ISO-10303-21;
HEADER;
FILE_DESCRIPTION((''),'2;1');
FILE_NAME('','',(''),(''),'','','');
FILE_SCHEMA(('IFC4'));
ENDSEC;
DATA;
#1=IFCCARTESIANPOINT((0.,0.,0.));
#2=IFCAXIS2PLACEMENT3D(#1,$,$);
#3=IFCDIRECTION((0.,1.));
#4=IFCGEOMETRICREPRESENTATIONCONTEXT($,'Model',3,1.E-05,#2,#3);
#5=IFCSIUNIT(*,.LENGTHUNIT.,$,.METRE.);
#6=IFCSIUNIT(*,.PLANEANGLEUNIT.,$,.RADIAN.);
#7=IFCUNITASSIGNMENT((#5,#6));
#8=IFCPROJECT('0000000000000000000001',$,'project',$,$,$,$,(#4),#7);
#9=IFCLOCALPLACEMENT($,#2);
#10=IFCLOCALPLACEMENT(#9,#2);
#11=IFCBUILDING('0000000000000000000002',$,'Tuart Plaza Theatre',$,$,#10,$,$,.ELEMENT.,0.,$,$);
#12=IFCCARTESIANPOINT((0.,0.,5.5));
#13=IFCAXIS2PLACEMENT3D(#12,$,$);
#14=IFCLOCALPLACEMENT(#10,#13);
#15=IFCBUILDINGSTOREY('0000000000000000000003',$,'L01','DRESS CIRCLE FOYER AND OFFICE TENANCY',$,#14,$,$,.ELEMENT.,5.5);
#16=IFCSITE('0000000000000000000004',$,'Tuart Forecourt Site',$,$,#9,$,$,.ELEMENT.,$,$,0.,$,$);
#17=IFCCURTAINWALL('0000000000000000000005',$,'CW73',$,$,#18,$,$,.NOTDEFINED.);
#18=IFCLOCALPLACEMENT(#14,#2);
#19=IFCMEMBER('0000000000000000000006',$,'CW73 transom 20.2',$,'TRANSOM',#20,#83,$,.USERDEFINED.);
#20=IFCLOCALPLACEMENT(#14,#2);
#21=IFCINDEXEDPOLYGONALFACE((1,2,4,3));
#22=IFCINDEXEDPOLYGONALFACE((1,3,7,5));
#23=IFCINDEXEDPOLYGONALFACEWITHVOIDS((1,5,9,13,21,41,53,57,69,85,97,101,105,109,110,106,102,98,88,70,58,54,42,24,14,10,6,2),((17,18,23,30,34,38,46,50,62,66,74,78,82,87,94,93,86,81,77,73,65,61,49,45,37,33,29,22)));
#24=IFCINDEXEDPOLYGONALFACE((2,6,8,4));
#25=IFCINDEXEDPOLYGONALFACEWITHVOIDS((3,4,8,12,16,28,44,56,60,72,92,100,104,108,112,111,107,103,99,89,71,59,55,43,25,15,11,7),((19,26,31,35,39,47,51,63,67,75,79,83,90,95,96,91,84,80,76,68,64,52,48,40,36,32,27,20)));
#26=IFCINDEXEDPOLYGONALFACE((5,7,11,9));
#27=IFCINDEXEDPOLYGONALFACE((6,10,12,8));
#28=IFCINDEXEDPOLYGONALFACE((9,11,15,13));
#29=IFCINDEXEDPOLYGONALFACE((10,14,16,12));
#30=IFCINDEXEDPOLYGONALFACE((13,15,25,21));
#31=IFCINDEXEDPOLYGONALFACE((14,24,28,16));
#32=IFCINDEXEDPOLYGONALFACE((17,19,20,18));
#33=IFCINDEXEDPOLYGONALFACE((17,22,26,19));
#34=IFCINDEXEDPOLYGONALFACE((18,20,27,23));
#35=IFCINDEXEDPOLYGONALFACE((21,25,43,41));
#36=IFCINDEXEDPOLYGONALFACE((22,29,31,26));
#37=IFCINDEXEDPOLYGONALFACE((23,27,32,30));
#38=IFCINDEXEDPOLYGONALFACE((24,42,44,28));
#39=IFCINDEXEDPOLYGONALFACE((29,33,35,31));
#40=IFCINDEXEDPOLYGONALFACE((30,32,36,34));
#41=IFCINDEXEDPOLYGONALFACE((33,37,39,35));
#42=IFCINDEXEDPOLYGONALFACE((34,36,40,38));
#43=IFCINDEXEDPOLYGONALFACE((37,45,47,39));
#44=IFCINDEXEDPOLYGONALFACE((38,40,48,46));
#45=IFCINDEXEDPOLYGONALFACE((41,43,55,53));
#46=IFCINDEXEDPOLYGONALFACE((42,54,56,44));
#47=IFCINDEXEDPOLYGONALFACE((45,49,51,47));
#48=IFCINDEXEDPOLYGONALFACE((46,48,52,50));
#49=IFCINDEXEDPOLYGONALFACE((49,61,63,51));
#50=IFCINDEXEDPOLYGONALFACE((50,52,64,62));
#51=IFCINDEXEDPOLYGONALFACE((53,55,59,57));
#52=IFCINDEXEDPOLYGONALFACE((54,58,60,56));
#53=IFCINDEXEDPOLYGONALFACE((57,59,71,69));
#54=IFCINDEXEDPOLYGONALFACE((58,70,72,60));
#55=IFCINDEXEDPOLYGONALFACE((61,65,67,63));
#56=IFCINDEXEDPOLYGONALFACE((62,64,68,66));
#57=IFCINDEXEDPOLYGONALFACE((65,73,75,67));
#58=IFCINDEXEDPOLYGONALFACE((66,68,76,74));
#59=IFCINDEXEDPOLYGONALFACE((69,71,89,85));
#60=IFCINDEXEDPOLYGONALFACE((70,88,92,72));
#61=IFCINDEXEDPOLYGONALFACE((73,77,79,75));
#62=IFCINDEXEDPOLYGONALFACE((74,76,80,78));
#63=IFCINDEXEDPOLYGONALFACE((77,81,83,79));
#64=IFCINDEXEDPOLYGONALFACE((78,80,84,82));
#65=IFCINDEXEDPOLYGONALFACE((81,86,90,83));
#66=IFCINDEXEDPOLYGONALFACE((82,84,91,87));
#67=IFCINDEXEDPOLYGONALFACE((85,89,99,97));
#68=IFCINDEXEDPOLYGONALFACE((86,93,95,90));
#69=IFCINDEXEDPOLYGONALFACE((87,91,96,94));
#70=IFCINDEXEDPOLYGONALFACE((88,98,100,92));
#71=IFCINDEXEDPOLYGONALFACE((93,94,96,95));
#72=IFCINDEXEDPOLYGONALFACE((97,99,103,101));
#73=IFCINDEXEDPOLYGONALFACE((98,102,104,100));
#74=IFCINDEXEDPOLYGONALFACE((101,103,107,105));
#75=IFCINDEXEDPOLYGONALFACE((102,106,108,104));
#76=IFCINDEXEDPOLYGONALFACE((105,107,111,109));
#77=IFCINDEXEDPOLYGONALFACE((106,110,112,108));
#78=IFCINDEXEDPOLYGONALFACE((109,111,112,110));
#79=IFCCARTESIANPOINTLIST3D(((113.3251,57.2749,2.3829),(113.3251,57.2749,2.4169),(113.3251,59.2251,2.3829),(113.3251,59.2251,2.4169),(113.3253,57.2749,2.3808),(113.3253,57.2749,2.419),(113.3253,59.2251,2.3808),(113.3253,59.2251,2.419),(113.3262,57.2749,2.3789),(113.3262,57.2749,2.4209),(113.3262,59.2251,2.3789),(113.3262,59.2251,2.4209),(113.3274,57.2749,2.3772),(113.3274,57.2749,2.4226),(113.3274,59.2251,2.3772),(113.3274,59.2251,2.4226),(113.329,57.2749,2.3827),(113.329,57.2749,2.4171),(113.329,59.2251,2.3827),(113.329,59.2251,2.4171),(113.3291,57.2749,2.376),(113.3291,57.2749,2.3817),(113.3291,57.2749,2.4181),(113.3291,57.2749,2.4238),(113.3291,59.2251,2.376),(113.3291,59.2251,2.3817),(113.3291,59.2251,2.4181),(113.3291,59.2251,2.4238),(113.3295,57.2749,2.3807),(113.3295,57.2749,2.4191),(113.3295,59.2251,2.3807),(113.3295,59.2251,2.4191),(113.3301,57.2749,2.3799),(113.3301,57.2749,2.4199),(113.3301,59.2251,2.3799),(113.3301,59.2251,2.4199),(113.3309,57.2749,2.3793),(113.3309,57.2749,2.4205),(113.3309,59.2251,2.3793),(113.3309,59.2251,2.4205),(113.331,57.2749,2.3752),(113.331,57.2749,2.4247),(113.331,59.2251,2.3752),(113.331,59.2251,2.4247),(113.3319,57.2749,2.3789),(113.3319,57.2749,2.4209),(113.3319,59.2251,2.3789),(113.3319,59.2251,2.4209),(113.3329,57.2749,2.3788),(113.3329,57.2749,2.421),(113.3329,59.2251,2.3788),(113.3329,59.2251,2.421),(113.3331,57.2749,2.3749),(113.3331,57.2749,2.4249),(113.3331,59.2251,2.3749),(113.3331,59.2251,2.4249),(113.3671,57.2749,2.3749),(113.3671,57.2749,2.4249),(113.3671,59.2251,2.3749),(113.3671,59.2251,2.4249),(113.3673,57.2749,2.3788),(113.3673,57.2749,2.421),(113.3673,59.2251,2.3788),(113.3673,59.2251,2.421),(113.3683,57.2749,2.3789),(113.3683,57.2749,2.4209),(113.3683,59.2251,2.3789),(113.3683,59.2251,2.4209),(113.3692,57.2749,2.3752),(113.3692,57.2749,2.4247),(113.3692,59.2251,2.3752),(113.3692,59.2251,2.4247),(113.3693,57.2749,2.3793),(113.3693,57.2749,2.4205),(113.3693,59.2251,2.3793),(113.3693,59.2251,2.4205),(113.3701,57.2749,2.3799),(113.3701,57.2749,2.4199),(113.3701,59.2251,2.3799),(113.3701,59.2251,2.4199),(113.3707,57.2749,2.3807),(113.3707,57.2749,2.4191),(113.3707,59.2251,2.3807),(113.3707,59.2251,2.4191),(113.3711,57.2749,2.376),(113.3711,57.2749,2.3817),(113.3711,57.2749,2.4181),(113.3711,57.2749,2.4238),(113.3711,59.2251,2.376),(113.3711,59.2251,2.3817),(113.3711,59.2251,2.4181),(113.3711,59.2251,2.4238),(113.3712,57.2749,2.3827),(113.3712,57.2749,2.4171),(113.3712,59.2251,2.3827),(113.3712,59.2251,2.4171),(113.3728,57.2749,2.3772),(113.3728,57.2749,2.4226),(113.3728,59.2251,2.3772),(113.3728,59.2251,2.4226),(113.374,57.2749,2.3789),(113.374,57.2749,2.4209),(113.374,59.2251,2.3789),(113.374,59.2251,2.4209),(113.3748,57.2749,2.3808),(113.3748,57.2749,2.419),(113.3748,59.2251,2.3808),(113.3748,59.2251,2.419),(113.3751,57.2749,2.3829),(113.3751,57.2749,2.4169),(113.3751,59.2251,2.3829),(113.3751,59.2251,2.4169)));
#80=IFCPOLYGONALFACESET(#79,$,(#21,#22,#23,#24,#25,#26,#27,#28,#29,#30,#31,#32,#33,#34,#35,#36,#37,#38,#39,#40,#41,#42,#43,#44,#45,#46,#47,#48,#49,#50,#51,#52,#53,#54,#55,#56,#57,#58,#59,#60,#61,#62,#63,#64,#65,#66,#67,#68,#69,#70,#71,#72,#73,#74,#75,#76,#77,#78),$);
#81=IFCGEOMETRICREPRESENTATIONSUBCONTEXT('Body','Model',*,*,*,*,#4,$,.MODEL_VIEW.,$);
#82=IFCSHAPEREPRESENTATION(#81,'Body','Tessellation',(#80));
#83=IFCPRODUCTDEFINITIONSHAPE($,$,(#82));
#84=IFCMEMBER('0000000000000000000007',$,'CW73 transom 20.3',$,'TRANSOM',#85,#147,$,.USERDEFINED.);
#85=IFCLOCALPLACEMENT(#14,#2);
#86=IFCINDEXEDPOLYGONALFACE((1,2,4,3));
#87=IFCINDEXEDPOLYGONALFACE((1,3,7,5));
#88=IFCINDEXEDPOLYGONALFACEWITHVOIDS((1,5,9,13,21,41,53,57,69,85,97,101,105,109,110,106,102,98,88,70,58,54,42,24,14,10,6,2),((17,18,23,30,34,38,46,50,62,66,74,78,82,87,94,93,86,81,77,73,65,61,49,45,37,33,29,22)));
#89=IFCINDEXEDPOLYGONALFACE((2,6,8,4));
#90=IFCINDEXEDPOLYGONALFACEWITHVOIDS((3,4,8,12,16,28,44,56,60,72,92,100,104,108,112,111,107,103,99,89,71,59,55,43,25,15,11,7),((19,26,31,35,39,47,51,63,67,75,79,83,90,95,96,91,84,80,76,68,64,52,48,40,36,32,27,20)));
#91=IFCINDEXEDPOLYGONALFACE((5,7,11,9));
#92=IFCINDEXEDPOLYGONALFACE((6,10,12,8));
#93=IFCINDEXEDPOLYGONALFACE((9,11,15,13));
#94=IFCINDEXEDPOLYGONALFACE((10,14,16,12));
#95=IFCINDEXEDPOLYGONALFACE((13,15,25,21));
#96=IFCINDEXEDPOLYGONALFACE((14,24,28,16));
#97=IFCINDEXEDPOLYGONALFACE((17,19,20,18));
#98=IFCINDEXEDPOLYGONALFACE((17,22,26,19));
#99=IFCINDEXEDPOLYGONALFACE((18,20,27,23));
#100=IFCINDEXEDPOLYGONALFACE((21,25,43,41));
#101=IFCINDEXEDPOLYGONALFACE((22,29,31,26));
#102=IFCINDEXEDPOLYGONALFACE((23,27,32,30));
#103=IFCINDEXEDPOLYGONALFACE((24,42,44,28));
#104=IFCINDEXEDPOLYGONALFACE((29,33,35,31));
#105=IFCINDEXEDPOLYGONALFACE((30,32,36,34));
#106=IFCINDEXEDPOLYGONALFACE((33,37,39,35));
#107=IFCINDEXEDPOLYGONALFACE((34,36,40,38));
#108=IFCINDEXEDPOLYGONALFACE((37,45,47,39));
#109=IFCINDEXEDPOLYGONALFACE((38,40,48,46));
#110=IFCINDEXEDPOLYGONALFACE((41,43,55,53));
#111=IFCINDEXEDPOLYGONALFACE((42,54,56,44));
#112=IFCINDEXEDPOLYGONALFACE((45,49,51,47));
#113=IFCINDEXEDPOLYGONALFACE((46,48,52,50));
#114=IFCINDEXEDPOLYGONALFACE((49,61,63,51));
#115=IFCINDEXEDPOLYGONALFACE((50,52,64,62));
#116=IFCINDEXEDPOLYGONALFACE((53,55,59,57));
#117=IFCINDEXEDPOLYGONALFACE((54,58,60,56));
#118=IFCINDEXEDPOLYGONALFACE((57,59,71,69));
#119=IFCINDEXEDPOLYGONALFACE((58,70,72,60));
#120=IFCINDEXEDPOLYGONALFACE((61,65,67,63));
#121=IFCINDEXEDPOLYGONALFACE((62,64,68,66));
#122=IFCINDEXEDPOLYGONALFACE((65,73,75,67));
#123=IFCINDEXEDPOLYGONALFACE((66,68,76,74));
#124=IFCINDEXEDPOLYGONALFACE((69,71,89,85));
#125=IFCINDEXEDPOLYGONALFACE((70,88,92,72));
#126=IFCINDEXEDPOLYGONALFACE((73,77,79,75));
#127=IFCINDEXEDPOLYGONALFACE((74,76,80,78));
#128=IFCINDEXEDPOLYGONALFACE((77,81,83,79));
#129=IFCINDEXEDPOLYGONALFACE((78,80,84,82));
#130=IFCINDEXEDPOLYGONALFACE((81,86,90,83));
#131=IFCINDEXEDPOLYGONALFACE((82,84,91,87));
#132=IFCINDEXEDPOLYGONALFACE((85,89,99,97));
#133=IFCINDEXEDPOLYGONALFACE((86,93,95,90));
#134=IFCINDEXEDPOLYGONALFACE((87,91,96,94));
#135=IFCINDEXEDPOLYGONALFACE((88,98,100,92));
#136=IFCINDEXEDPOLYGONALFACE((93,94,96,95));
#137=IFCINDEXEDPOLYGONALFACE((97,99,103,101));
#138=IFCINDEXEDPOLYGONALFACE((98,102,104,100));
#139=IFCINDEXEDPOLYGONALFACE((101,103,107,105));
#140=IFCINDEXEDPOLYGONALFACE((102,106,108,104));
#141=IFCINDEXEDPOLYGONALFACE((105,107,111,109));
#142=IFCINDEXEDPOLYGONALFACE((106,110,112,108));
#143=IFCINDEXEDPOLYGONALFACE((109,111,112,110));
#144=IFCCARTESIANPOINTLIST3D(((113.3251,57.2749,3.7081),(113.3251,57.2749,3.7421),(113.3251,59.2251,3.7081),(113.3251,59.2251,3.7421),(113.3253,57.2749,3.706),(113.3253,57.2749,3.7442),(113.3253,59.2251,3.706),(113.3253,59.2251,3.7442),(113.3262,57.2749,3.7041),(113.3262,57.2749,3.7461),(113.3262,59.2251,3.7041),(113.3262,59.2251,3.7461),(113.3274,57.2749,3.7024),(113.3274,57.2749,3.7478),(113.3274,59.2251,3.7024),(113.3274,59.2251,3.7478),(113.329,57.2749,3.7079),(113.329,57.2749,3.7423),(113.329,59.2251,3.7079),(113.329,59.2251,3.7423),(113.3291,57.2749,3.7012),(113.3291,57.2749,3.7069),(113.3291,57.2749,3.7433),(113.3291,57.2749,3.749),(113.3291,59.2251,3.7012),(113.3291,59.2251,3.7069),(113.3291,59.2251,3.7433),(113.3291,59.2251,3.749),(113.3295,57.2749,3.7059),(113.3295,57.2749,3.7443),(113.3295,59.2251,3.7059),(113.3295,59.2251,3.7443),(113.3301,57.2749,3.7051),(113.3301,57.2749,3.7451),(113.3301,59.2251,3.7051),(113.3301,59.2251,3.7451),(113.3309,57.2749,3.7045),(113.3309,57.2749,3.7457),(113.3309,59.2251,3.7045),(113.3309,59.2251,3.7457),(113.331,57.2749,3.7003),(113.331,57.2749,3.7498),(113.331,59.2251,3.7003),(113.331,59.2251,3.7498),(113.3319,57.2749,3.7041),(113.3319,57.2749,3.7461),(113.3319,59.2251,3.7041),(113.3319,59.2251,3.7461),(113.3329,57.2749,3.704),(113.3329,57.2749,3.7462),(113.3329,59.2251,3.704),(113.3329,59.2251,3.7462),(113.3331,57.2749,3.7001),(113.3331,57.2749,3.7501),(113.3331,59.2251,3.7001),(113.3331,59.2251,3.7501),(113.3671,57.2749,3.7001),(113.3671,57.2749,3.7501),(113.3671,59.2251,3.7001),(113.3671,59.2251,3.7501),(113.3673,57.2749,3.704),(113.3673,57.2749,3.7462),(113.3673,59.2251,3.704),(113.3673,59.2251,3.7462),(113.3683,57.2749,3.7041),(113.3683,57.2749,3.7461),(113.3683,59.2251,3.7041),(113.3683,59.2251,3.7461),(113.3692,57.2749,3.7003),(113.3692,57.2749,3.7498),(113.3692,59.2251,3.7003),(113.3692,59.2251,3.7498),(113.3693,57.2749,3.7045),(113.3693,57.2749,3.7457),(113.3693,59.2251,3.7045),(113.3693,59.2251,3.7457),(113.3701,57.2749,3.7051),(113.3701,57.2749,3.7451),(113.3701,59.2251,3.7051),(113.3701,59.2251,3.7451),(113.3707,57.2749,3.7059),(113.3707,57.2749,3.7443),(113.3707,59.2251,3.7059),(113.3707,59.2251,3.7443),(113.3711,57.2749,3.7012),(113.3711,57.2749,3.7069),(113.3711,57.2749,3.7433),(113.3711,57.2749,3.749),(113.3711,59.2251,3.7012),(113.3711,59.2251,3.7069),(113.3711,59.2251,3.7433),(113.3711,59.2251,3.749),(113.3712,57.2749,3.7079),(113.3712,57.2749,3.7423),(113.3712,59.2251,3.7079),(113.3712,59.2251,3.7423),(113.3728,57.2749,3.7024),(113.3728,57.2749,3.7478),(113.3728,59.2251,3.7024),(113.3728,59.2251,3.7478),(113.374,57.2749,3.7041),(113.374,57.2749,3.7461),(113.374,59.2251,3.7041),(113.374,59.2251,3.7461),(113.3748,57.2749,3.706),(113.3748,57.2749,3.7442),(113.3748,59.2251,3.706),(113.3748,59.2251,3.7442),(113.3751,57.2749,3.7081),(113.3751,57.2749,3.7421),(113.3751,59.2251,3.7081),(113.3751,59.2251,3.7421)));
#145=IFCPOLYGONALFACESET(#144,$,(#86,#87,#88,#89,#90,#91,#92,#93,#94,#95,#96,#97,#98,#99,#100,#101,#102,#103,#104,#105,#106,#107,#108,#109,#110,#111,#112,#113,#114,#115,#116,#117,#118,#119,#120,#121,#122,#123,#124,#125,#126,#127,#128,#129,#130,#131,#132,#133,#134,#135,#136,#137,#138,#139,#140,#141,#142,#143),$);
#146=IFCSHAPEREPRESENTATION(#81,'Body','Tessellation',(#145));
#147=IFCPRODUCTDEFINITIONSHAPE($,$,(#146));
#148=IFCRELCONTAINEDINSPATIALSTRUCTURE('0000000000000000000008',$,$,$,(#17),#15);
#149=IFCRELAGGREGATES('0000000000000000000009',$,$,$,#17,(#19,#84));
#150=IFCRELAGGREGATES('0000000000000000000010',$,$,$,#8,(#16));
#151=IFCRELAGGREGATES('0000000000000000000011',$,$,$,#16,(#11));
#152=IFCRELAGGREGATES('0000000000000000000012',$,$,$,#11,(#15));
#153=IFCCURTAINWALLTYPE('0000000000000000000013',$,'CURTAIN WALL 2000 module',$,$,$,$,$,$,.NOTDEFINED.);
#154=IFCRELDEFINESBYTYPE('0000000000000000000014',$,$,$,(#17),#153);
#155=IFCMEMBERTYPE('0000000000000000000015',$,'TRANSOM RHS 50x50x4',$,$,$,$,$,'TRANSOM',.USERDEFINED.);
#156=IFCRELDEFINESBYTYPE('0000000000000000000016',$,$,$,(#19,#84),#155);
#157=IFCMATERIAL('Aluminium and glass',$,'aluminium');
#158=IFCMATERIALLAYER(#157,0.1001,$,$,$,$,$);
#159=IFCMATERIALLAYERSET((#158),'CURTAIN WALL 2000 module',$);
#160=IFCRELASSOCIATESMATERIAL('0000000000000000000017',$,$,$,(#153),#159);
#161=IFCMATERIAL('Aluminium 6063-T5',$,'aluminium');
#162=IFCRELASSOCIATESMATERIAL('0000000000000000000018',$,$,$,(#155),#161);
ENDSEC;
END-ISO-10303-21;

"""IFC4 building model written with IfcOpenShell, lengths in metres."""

from ifc_helpers import new_model, si_unit, direction, frame, origin, origin_2d, place, context, subcontext, project, spatial, hollow_rectangle, extrude, material, layer, layer_set, material_profile, profile_set, type_object, element, aggregate, save


model = new_model("IFC4")

# Units and contexts
model_context = context("Model", 3, precision=1e-05, world=origin(), true_north=direction((0.0, 1.0)))
body_context = subcontext(model_context, "Body", "Model", "MODEL_VIEW")
ifc_project = project(units=[si_unit("LENGTHUNIT", "METRE"), si_unit("PLANEANGLEUNIT", "RADIAN")], contexts=[model_context])

# Site, building, storey
site_placement = place(None, origin())
site = spatial("IfcSite", under=ifc_project, at=site_placement, Name="Tuart Forecourt Site", CompositionType="ELEMENT", RefElevation=0.0)
building_placement = place(site_placement, origin())
building = spatial("IfcBuilding", under=site, at=building_placement, Name="Tuart Plaza Theatre", CompositionType="ELEMENT", ElevationOfRefHeight=0.0)
storey_placement = place(building_placement, frame((0.0, 0.0, 5.5)))
storey = spatial("IfcBuildingStorey", under=building, at=storey_placement, Name="L01", Description="DRESS CIRCLE FOYER AND OFFICE TENANCY", CompositionType="ELEMENT", Elevation=5.5)

# Curtain wall
ifc_material_1 = material(Name="Aluminium and glass", Category="aluminium")
ifc_layer_1 = layer(ifc_material_1, 0.1001)
ifc_layer_set_1 = layer_set([ifc_layer_1], Name="CURTAIN WALL 2000 module")
curtain_wall_type_1 = type_object("IfcCurtainWallType", Name="CURTAIN WALL 2000 module", PredefinedType="NOTDEFINED", material=ifc_layer_set_1)
curtain_wall_1_placement = place(storey_placement, origin())
curtain_wall_1 = element("IfcCurtainWall", 1, at=curtain_wall_1_placement, inside=storey, type_object=curtain_wall_type_1, Name="CW73", PredefinedType="NOTDEFINED")
ifc_material_2 = material(Name="Aluminium 6063-T5", Category="aluminium")
ifc_material_profile_1 = material_profile(ifc_material_2, hollow_rectangle(XDim=0.05, YDim=0.05, WallThickness=0.0039, InnerFilletRadius=0.0039, OuterFilletRadius=0.0081, at=origin_2d()), Name="RHS 50x50x4")
ifc_profile_set_1 = profile_set([ifc_material_profile_1], Name="Aluminium 6063-T5")
member_type_1 = type_object("IfcMemberType", Name="TRANSOM RHS 50x50x4", ElementType="TRANSOM", PredefinedType="USERDEFINED", material=ifc_profile_set_1)

# Members
member_1_placement = place(storey_placement, frame((113.3501, 59.2251, 2.3999), z_axis=(0.0, -1.0, 0.0), x_axis=(1.0, 0.0, 0.0)))
member_1 = element("IfcMember", 2, at=member_1_placement, type_object=member_type_1, Name="CW73 transom 20.2", ObjectType="TRANSOM", PredefinedType="USERDEFINED", context=body_context, shape_type="SweptSolid", body=[
    extrude(hollow_rectangle(XDim=0.05, YDim=0.05, WallThickness=0.0039, InnerFilletRadius=0.0039, OuterFilletRadius=0.0081, at=origin_2d()), origin(), (0.0, 0.0, 1.0), 1.9502),
])
member_2_placement = place(storey_placement, frame((113.3501, 59.2251, 3.7251), z_axis=(0.0, -1.0, 0.0), x_axis=(1.0, 0.0, 0.0)))
member_2 = element("IfcMember", 3, at=member_2_placement, type_object=member_type_1, Name="CW73 transom 20.3", ObjectType="TRANSOM", PredefinedType="USERDEFINED", context=body_context, shape_type="SweptSolid", body=[
    extrude(hollow_rectangle(XDim=0.05, YDim=0.05, WallThickness=0.0039, InnerFilletRadius=0.0039, OuterFilletRadius=0.0081, at=origin_2d()), origin(), (0.0, 0.0, 1.0), 1.9502),
])

aggregate(curtain_wall_1, [member_1, member_2])

save(model, "model.ifc")
